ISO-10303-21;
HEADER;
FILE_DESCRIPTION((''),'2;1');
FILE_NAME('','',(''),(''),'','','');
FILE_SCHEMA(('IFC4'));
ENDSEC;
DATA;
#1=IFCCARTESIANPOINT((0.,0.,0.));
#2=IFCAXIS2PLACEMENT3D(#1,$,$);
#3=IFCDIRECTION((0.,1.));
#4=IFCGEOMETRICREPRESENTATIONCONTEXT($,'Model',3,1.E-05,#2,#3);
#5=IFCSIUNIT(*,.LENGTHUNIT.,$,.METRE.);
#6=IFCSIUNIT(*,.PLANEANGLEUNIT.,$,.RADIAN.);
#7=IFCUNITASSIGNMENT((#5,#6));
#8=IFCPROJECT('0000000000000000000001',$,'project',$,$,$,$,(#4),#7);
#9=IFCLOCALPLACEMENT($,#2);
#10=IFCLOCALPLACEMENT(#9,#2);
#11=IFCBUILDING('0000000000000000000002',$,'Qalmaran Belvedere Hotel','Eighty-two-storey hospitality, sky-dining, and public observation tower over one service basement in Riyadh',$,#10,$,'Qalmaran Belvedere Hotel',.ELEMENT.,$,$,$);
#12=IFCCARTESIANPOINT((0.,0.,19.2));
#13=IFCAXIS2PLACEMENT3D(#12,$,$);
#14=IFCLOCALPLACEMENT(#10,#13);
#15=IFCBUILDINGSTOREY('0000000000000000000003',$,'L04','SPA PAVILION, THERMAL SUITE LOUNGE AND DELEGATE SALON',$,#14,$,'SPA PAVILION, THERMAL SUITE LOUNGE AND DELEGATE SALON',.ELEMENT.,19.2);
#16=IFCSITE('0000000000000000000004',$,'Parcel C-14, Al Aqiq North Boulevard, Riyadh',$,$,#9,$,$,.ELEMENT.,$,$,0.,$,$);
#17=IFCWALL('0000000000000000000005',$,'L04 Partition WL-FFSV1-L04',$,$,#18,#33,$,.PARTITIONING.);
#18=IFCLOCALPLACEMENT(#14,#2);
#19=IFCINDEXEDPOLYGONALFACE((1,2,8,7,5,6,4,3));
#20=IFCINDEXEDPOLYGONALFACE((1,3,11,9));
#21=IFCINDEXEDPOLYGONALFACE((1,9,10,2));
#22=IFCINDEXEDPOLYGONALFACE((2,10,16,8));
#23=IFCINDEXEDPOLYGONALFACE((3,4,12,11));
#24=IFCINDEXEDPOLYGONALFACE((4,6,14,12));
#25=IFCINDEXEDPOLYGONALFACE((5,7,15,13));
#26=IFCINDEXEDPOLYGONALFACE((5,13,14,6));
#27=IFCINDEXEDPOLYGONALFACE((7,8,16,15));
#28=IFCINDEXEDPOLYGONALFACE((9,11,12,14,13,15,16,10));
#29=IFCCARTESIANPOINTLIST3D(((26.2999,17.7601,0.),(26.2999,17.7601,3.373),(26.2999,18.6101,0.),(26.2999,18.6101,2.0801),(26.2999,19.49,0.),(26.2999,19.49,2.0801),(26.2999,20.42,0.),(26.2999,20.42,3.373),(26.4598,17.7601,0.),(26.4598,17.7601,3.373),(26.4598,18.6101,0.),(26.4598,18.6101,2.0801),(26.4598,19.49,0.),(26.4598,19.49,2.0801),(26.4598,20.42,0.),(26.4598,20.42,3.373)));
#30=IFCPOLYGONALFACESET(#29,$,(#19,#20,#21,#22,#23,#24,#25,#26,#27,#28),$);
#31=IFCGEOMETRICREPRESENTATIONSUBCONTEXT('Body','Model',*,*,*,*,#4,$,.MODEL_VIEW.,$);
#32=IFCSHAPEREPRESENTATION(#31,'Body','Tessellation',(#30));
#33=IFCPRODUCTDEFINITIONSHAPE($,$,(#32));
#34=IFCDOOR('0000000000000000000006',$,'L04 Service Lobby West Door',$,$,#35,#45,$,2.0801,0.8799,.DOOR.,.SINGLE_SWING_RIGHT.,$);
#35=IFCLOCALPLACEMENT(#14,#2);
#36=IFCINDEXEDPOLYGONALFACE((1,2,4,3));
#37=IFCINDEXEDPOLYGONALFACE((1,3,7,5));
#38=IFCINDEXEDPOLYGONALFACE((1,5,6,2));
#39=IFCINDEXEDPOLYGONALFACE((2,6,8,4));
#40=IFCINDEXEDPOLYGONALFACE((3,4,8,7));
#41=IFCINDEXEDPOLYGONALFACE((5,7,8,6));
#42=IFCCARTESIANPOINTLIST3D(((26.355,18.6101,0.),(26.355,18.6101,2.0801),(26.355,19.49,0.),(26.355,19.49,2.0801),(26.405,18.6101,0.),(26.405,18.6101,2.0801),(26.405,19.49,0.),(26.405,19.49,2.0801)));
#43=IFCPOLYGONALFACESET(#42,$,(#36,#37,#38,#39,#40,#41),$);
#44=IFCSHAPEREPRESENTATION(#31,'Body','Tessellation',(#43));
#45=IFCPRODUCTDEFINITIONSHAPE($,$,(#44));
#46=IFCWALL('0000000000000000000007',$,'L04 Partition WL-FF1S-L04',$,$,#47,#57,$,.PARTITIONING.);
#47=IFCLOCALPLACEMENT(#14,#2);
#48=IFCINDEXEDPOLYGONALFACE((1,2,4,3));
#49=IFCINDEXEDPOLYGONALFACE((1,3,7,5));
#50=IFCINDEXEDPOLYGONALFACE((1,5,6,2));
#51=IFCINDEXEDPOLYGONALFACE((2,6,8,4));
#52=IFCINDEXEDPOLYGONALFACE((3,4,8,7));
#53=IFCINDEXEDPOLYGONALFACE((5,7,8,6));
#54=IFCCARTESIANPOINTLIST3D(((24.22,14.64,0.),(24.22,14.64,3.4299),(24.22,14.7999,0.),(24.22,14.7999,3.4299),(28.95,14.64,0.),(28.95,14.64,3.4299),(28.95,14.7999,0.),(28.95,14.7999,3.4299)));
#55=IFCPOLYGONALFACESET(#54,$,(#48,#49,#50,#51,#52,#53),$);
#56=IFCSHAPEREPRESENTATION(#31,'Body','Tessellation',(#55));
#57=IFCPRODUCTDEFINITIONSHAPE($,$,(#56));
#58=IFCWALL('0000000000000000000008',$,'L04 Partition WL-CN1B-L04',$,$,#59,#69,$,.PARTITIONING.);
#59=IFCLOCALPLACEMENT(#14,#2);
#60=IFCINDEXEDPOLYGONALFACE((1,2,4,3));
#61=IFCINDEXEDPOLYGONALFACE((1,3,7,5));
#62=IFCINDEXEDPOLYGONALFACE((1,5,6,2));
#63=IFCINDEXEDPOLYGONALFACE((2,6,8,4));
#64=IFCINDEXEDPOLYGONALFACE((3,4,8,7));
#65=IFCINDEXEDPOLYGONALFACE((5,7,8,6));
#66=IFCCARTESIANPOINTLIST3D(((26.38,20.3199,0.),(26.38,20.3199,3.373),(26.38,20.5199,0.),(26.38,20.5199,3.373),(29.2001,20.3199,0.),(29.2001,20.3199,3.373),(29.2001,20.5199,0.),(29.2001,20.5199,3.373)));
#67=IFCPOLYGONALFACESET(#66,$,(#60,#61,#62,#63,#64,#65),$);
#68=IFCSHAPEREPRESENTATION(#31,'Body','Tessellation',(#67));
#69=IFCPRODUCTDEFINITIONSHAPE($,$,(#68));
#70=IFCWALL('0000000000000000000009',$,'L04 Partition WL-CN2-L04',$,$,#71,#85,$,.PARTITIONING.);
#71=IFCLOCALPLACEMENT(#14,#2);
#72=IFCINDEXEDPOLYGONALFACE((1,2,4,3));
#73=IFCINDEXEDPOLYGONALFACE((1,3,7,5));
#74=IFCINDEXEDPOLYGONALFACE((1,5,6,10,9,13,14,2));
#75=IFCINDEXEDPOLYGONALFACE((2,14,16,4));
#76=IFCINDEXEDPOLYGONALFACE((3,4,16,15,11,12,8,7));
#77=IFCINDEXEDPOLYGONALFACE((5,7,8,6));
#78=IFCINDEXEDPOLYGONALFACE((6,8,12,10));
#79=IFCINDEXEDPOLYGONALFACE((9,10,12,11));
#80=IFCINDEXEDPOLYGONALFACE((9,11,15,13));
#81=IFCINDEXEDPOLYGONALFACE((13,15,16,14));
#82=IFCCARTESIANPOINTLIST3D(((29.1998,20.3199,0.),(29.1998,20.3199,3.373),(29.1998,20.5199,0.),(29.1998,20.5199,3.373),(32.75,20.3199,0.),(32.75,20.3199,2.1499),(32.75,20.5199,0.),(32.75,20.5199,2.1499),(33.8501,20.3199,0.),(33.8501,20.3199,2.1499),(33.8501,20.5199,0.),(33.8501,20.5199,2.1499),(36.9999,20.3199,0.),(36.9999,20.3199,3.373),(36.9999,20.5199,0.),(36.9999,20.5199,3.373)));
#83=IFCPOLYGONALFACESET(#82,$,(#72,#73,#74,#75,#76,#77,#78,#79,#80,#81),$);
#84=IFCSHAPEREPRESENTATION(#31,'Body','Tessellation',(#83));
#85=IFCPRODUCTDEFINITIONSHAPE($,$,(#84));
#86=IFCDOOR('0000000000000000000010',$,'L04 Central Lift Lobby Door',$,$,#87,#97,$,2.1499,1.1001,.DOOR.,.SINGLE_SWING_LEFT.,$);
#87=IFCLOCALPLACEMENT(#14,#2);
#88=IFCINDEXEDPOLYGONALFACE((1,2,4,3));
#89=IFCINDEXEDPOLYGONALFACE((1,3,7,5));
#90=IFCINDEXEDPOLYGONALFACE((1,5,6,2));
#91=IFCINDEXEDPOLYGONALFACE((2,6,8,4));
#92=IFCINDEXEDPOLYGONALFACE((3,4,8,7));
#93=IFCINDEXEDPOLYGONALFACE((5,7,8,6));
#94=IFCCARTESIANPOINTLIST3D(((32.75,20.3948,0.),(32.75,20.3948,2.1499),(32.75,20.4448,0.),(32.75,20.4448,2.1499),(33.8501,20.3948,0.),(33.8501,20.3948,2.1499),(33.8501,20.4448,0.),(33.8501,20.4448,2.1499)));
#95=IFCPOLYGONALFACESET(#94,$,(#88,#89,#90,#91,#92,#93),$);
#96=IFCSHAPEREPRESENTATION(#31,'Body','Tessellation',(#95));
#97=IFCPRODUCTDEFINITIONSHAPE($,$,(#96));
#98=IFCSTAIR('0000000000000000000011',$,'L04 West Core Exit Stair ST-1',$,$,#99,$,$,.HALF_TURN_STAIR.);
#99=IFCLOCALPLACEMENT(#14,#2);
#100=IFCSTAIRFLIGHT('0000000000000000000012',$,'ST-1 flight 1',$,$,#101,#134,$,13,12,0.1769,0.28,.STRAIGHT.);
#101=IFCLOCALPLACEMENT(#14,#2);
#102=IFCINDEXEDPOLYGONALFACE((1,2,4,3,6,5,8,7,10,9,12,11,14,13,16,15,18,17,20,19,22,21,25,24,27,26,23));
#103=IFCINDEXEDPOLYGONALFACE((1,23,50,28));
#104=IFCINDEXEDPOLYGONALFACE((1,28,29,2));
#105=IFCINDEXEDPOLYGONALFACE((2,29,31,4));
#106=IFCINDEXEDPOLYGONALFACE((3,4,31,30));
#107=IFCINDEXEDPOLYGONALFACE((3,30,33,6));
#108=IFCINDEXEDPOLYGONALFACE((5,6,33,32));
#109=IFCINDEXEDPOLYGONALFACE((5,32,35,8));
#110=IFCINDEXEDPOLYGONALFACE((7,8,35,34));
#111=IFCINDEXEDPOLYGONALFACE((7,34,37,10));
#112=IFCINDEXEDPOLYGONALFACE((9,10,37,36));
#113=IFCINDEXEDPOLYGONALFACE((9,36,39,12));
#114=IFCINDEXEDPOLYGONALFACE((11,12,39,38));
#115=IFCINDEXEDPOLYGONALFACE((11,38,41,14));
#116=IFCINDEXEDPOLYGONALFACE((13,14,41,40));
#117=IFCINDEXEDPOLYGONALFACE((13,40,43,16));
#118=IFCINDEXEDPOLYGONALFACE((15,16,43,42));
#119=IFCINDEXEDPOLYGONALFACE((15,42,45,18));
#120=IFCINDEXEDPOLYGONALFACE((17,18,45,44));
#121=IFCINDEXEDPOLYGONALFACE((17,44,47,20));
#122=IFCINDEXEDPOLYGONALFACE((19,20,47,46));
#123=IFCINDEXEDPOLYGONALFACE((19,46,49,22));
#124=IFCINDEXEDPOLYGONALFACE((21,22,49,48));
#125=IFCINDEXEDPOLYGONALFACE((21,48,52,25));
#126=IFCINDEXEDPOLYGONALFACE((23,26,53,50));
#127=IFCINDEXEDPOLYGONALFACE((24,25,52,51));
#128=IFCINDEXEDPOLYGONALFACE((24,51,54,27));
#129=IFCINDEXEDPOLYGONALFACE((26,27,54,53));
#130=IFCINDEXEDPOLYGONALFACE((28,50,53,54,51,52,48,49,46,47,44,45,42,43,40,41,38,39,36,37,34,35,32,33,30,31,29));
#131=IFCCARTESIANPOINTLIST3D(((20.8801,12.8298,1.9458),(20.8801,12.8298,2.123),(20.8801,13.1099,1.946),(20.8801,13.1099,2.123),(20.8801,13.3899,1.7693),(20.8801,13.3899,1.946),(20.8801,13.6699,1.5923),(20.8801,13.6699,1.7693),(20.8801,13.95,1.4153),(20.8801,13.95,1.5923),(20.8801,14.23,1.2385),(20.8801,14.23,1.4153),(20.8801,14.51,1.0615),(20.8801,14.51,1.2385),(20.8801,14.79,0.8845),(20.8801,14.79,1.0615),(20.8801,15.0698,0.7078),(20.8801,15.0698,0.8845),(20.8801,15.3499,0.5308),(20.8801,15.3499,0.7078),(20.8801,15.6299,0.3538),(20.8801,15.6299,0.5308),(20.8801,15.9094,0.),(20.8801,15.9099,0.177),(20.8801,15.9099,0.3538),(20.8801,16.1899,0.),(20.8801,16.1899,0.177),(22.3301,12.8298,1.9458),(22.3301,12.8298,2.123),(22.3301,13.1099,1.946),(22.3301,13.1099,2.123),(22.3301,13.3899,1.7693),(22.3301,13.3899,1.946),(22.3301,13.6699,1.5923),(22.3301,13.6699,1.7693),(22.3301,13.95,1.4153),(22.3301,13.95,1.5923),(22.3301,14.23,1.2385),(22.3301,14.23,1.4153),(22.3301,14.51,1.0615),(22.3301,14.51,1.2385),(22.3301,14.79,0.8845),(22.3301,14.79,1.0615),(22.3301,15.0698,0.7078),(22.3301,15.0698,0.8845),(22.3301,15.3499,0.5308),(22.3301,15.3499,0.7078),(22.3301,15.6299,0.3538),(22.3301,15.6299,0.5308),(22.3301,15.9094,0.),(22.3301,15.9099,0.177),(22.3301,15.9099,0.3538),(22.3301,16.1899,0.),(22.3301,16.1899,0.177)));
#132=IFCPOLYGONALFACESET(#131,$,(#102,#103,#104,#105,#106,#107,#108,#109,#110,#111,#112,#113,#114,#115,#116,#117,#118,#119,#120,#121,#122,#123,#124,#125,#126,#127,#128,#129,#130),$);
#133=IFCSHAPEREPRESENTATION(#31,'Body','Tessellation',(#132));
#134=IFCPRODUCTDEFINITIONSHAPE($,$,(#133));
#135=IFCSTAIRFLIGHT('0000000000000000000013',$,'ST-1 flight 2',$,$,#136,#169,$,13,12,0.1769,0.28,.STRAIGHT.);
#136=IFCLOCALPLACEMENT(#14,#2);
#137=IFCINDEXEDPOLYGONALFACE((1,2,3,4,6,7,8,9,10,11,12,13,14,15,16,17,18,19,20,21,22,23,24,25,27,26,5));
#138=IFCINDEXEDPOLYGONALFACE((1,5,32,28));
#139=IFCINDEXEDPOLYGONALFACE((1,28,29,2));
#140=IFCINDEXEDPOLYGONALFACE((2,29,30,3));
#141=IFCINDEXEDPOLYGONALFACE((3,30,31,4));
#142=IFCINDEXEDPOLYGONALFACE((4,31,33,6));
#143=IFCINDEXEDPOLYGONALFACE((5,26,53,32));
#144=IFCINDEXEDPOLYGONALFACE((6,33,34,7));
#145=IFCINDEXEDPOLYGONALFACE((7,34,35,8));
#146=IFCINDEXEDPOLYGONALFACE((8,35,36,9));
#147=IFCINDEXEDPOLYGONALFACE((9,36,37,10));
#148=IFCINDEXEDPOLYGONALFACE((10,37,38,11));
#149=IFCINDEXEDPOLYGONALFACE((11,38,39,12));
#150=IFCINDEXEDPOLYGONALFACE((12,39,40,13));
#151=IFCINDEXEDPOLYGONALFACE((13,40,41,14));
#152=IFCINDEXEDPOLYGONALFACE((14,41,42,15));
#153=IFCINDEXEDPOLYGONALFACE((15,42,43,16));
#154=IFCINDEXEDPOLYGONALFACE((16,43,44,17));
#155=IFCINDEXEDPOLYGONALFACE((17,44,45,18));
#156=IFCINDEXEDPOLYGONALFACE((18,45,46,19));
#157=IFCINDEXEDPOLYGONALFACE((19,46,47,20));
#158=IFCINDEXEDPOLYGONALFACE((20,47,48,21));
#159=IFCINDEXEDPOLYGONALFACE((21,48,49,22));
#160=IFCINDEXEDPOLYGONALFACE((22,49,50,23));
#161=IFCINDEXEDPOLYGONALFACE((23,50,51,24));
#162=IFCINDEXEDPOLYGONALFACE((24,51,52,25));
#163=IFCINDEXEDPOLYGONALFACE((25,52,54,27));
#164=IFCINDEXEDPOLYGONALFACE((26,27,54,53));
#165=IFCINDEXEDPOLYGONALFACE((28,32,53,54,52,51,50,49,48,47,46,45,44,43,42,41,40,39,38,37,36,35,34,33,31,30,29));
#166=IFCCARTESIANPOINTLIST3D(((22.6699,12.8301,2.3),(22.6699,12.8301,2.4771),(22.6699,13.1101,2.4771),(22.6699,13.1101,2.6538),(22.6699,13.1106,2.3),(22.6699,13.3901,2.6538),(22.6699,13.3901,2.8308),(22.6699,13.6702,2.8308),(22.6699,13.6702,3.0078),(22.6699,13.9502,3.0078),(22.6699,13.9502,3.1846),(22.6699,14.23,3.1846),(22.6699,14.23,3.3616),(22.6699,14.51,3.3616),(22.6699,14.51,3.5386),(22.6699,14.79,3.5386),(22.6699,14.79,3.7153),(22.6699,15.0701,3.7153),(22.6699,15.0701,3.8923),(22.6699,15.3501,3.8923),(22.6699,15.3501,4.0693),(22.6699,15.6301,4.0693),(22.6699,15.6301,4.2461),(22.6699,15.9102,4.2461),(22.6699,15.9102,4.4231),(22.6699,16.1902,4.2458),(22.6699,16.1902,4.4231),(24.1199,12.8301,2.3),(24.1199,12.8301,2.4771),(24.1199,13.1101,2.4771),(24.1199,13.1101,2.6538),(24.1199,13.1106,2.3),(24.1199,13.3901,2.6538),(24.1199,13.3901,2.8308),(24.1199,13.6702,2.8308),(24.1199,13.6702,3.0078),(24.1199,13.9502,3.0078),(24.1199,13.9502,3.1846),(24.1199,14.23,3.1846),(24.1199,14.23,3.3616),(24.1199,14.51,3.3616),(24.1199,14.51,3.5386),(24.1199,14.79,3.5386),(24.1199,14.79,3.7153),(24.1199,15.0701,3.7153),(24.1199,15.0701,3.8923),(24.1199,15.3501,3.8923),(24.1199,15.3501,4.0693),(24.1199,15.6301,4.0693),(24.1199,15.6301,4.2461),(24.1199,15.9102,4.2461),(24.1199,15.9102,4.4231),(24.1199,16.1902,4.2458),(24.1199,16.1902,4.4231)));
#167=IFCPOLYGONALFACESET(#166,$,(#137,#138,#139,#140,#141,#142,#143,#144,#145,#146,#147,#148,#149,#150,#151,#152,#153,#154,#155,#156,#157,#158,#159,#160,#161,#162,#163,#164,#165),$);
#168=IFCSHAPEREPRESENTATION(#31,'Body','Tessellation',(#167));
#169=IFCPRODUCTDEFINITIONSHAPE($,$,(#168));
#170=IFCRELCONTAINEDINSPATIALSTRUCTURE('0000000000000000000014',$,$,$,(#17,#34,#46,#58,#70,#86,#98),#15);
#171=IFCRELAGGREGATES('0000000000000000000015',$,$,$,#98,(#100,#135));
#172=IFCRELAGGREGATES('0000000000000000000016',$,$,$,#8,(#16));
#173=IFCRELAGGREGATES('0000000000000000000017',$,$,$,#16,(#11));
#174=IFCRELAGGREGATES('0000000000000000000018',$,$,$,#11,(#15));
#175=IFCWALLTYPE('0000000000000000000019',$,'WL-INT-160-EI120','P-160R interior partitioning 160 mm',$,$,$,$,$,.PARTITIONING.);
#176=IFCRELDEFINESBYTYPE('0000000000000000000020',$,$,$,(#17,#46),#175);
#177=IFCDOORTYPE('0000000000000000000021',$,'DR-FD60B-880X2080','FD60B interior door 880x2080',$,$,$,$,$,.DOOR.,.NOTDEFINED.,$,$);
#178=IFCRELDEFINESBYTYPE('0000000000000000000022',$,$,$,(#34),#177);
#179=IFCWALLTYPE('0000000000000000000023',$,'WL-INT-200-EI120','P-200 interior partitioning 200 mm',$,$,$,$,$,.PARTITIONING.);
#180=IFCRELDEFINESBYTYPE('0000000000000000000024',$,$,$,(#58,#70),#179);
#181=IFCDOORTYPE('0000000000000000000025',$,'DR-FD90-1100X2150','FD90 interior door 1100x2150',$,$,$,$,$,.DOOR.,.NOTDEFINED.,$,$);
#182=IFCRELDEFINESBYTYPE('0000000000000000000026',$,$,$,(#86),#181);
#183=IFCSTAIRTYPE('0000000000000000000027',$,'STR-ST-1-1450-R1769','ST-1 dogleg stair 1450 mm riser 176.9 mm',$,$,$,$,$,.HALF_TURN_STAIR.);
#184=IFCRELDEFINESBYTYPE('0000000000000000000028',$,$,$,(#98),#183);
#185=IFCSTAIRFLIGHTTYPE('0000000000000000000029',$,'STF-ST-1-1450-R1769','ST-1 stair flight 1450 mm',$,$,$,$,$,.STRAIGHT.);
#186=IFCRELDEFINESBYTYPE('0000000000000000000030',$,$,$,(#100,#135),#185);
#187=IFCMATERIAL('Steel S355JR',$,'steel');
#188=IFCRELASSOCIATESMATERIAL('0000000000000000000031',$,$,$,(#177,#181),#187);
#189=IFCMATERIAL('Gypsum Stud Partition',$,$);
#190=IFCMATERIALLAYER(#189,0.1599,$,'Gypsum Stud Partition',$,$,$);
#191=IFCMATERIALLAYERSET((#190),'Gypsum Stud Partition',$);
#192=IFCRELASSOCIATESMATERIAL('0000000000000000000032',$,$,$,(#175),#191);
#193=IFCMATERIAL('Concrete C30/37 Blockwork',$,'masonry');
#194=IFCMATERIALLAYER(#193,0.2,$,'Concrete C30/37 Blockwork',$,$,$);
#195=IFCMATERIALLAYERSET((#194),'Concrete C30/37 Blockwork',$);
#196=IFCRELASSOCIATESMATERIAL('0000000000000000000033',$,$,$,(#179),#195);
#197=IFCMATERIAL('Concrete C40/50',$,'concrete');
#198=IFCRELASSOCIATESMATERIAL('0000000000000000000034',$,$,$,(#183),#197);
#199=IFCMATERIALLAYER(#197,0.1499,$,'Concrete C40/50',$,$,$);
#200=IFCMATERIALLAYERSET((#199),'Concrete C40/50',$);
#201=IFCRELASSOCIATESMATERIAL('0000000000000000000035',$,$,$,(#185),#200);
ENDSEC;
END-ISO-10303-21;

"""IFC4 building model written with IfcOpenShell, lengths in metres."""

from ifc_helpers import new_model, si_unit, direction, frame, frame_2d, origin, place, context, subcontext, project, spatial, polyline, rectangle, outline, extrude, material, layer, layer_set, type_object, element, fill, aggregate, save


model = new_model("IFC4")

# Units and contexts
model_context = context("Model", 3, precision=1e-05, world=origin(), true_north=direction((0.0, 1.0)))
body_context = subcontext(model_context, "Body", "Model", "MODEL_VIEW")
ifc_project = project(units=[si_unit("LENGTHUNIT", "METRE"), si_unit("PLANEANGLEUNIT", "RADIAN")], contexts=[model_context])

# Site, building, storey
site_placement = place(None, origin())
site = spatial("IfcSite", under=ifc_project, at=site_placement, Name="Parcel C-14, Al Aqiq North Boulevard, Riyadh", CompositionType="ELEMENT", RefElevation=0.0)
building_placement = place(site_placement, origin())
building = spatial("IfcBuilding", under=site, at=building_placement, Name="Qalmaran Belvedere Hotel", Description="Eighty-two-storey hospitality, sky-dining, and public observation tower over one service basement in Riyadh", LongName="Qalmaran Belvedere Hotel", CompositionType="ELEMENT")
storey_placement = place(building_placement, frame((0.0, 0.0, 19.2)))
storey = spatial("IfcBuildingStorey", under=building, at=storey_placement, Name="L04", Description="SPA PAVILION, THERMAL SUITE LOUNGE AND DELEGATE SALON", LongName="SPA PAVILION, THERMAL SUITE LOUNGE AND DELEGATE SALON", CompositionType="ELEMENT", Elevation=19.2)

# Shared definitions
ifc_material_1 = material(Name="Steel S355JR", Category="steel")

# Shared definitions
ifc_material_2 = material(Name="Gypsum Stud Partition")

# Wall, opening, door
door_type_1 = type_object("IfcDoorType", Name="DR-FD60B-880X2080", Description="FD60B interior door 880x2080", OperationType="NOTDEFINED", PredefinedType="DOOR", material=ifc_material_1)
ifc_layer_1 = layer(ifc_material_2, 0.1599, Name="Gypsum Stud Partition")
ifc_layer_set_1 = layer_set([ifc_layer_1], Name="Gypsum Stud Partition")
wall_type_1 = type_object("IfcWallType", Name="WL-INT-160-EI120", Description="P-160R interior partitioning 160 mm", PredefinedType="PARTITIONING", material=ifc_layer_set_1)
wall_1_placement = place(storey_placement, frame((26.3799, 17.76, 0.0), z_axis=(0.0, 0.0, 1.0), x_axis=(0.0, 1.0, 0.0)))
wall_1 = element("IfcWall", 1, at=wall_1_placement, inside=storey, type_object=wall_type_1, Name="L04 Partition WL-FFSV1-L04", PredefinedType="PARTITIONING", context=body_context, shape_type="SweptSolid", body=[
    extrude(rectangle(XDim=2.6599, YDim=0.1599, at=frame_2d((1.3301, 0.0))), origin(), (0.0, 0.0, 1.0), 3.373),
])
opening_1_placement = place(wall_1_placement, frame((0.8501, 0.0, 0.0)))
opening_1 = element("IfcOpeningElement", 2, at=opening_1_placement, cuts=wall_1, PredefinedType="OPENING", context=body_context, shape_type="SweptSolid", body=[
    extrude(rectangle(XDim=0.8799, YDim=2.0801, at=frame_2d((0.4399, 1.04))), frame((0.0, 0.0898, 0.0), z_axis=(0.0, -1.0, 0.0), x_axis=(1.0, 0.0, 0.0)), (0.0, 0.0, 1.0), 0.1799),
])
door_1_placement = place(opening_1_placement, origin())
door_1 = element("IfcDoor", 3, at=door_1_placement, inside=storey, type_object=door_type_1, Name="L04 Service Lobby West Door", OperationType="SINGLE_SWING_RIGHT", OverallHeight=2.0801, OverallWidth=0.8799, PredefinedType="DOOR", context=body_context, shape_type="SweptSolid", body=[
    extrude(rectangle(XDim=0.8799, YDim=2.0801, at=frame_2d((0.4399, 1.04))), frame((0.0, 0.0249, 0.0), z_axis=(0.0, -1.0, 0.0), x_axis=(1.0, 0.0, 0.0)), (0.0, 0.0, 1.0), 0.05),
])
fill(opening_1, door_1)

# Walls
wall_2_placement = place(storey_placement, frame((24.22, 14.72, 0.0), z_axis=(0.0, 0.0, 1.0), x_axis=(1.0, 0.0, 0.0)))
element("IfcWall", 4, at=wall_2_placement, inside=storey, type_object=wall_type_1, Name="L04 Partition WL-FF1S-L04", PredefinedType="PARTITIONING", context=body_context, shape_type="SweptSolid", body=[
    extrude(rectangle(XDim=4.73, YDim=0.1599, at=frame_2d((2.365, 0.0))), origin(), (0.0, 0.0, 1.0), 3.4299),
])
ifc_material_3 = material(Name="Concrete C30/37 Blockwork", Category="masonry")
ifc_layer_2 = layer(ifc_material_3, 0.2, Name="Concrete C30/37 Blockwork")
ifc_layer_set_2 = layer_set([ifc_layer_2], Name="Concrete C30/37 Blockwork")
wall_type_2 = type_object("IfcWallType", Name="WL-INT-200-EI120", Description="P-200 interior partitioning 200 mm", PredefinedType="PARTITIONING", material=ifc_layer_set_2)
wall_3_placement = place(storey_placement, frame((26.3799, 20.4199, 0.0), z_axis=(0.0, 0.0, 1.0), x_axis=(1.0, 0.0, 0.0)))
element("IfcWall", 5, at=wall_3_placement, inside=storey, type_object=wall_type_2, Name="L04 Partition WL-CN1B-L04", PredefinedType="PARTITIONING", context=body_context, shape_type="SweptSolid", body=[
    extrude(rectangle(XDim=2.8201, YDim=0.2, at=frame_2d((1.4102, 0.0))), origin(), (0.0, 0.0, 1.0), 3.373),
])

# Wall, opening, door
wall_4_placement = place(storey_placement, frame((29.2, 20.4199, 0.0), z_axis=(0.0, 0.0, 1.0), x_axis=(1.0, 0.0, 0.0)))
wall_4 = element("IfcWall", 6, at=wall_4_placement, inside=storey, type_object=wall_type_2, Name="L04 Partition WL-CN2-L04", PredefinedType="PARTITIONING", context=body_context, shape_type="SweptSolid", body=[
    extrude(rectangle(XDim=7.8, YDim=0.2, at=frame_2d((3.8999, 0.0))), origin(), (0.0, 0.0, 1.0), 3.373),
])
opening_2_placement = place(wall_4_placement, frame((3.55, 0.0, 0.0)))
opening_2 = element("IfcOpeningElement", 7, at=opening_2_placement, cuts=wall_4, PredefinedType="OPENING", context=body_context, shape_type="SweptSolid", body=[
    extrude(rectangle(XDim=1.1001, YDim=2.1499, at=frame_2d((0.55, 1.075))), frame((0.0, 0.1099, 0.0), z_axis=(0.0, -1.0, 0.0), x_axis=(1.0, 0.0, 0.0)), (0.0, 0.0, 1.0), 0.22),
])
door_type_2 = type_object("IfcDoorType", Name="DR-FD90-1100X2150", Description="FD90 interior door 1100x2150", OperationType="NOTDEFINED", PredefinedType="DOOR", material=ifc_material_1)
door_2_placement = place(opening_2_placement, origin())
door_2 = element("IfcDoor", 8, at=door_2_placement, inside=storey, type_object=door_type_2, Name="L04 Central Lift Lobby Door", OperationType="SINGLE_SWING_LEFT", OverallHeight=2.1499, OverallWidth=1.1001, PredefinedType="DOOR", context=body_context, shape_type="SweptSolid", body=[
    extrude(rectangle(XDim=1.1001, YDim=2.1499, at=frame_2d((0.55, 1.075))), frame((0.0, 0.0249, 0.0), z_axis=(0.0, -1.0, 0.0), x_axis=(1.0, 0.0, 0.0)), (0.0, 0.0, 1.0), 0.05),
])
fill(opening_2, door_2)

# Stair, stair flights
ifc_material_4 = material(Name="Concrete C40/50", Category="concrete")
stair_type = type_object("IfcStairType", Name="STR-ST-1-1450-R1769", Description="ST-1 dogleg stair 1450 mm riser 176.9 mm", PredefinedType="HALF_TURN_STAIR", material=ifc_material_4)
stair_placement = place(storey_placement, origin())
stair = element("IfcStair", 9, at=stair_placement, inside=storey, type_object=stair_type, Name="L04 West Core Exit Stair ST-1", PredefinedType="HALF_TURN_STAIR")
ifc_layer_3 = layer(ifc_material_4, 0.1499, Name="Concrete C40/50")
ifc_layer_set_3 = layer_set([ifc_layer_3], Name="Concrete C40/50")
stair_flight_type = type_object("IfcStairFlightType", Name="STF-ST-1-1450-R1769", Description="ST-1 stair flight 1450 mm", PredefinedType="STRAIGHT", material=ifc_layer_set_3)
stair_flight_1_placement = place(storey_placement, frame((21.605, 16.1899, 0.0), z_axis=(0.0, 0.0, 1.0), x_axis=(0.0, -1.0, 0.0)))
stair_flight_1 = element("IfcStairFlight", 10, at=stair_flight_1_placement, type_object=stair_flight_type, Name="ST-1 flight 1", NumberOfRisers=13, NumberOfTreads=12, PredefinedType="STRAIGHT", RiserHeight=0.1769, TreadLength=0.28, context=body_context, shape_type="SweptSolid", body=[
    extrude(outline(polyline([(0.0, 0.0), (0.0, 0.177), (0.28, 0.177), (0.28, 0.3538), (0.5601, 0.3538), (0.5601, 0.5308), (0.8401, 0.5308), (0.8401, 0.7078), (1.1201, 0.7078), (1.1201, 0.8845), (1.3999, 0.8845), (1.3999, 1.0615), (1.6799, 1.0615), (1.6799, 1.2385), (1.96, 1.2385), (1.96, 1.4153), (2.24, 1.4153), (2.24, 1.5923), (2.52, 1.5923), (2.52, 1.7693), (2.8, 1.7693), (2.8, 1.946), (3.0801, 1.946), (3.0801, 2.123), (3.3601, 2.123), (3.3601, 2.3), (3.3601, 1.9458), (0.2805, 0.0), (0.0, 0.0)])), frame((0.0, 0.7251, 0.0), z_axis=(0.0, -1.0, 0.0), x_axis=(1.0, 0.0, 0.0)), (0.0, 0.0, 1.0), 1.45),
])
stair_flight_2_placement = place(storey_placement, frame((23.395, 12.8301, 2.3), z_axis=(0.0, 0.0, 1.0), x_axis=(0.0, 1.0, 0.0)))
stair_flight_2 = element("IfcStairFlight", 11, at=stair_flight_2_placement, type_object=stair_flight_type, Name="ST-1 flight 2", NumberOfRisers=13, NumberOfTreads=12, PredefinedType="STRAIGHT", RiserHeight=0.1769, TreadLength=0.28, context=body_context, shape_type="SweptSolid", body=[
    extrude(outline(polyline([(0.0, 0.0), (0.0, 0.177), (0.28, 0.177), (0.28, 0.3538), (0.5601, 0.3538), (0.5601, 0.5308), (0.8401, 0.5308), (0.8401, 0.7078), (1.1201, 0.7078), (1.1201, 0.8845), (1.3999, 0.8845), (1.3999, 1.0615), (1.6799, 1.0615), (1.6799, 1.2385), (1.96, 1.2385), (1.96, 1.4153), (2.24, 1.4153), (2.24, 1.5923), (2.52, 1.5923), (2.52, 1.7693), (2.8, 1.7693), (2.8, 1.946), (3.0801, 1.946), (3.0801, 2.123), (3.3601, 2.123), (3.3601, 2.3), (3.3601, 1.9458), (0.2805, 0.0), (0.0, 0.0)])), frame((0.0, 0.7251, 0.0), z_axis=(0.0, -1.0, 0.0), x_axis=(1.0, 0.0, 0.0)), (0.0, 0.0, 1.0), 1.45),
])
aggregate(stair, [stair_flight_1, stair_flight_2])

save(model, "model.ifc")
